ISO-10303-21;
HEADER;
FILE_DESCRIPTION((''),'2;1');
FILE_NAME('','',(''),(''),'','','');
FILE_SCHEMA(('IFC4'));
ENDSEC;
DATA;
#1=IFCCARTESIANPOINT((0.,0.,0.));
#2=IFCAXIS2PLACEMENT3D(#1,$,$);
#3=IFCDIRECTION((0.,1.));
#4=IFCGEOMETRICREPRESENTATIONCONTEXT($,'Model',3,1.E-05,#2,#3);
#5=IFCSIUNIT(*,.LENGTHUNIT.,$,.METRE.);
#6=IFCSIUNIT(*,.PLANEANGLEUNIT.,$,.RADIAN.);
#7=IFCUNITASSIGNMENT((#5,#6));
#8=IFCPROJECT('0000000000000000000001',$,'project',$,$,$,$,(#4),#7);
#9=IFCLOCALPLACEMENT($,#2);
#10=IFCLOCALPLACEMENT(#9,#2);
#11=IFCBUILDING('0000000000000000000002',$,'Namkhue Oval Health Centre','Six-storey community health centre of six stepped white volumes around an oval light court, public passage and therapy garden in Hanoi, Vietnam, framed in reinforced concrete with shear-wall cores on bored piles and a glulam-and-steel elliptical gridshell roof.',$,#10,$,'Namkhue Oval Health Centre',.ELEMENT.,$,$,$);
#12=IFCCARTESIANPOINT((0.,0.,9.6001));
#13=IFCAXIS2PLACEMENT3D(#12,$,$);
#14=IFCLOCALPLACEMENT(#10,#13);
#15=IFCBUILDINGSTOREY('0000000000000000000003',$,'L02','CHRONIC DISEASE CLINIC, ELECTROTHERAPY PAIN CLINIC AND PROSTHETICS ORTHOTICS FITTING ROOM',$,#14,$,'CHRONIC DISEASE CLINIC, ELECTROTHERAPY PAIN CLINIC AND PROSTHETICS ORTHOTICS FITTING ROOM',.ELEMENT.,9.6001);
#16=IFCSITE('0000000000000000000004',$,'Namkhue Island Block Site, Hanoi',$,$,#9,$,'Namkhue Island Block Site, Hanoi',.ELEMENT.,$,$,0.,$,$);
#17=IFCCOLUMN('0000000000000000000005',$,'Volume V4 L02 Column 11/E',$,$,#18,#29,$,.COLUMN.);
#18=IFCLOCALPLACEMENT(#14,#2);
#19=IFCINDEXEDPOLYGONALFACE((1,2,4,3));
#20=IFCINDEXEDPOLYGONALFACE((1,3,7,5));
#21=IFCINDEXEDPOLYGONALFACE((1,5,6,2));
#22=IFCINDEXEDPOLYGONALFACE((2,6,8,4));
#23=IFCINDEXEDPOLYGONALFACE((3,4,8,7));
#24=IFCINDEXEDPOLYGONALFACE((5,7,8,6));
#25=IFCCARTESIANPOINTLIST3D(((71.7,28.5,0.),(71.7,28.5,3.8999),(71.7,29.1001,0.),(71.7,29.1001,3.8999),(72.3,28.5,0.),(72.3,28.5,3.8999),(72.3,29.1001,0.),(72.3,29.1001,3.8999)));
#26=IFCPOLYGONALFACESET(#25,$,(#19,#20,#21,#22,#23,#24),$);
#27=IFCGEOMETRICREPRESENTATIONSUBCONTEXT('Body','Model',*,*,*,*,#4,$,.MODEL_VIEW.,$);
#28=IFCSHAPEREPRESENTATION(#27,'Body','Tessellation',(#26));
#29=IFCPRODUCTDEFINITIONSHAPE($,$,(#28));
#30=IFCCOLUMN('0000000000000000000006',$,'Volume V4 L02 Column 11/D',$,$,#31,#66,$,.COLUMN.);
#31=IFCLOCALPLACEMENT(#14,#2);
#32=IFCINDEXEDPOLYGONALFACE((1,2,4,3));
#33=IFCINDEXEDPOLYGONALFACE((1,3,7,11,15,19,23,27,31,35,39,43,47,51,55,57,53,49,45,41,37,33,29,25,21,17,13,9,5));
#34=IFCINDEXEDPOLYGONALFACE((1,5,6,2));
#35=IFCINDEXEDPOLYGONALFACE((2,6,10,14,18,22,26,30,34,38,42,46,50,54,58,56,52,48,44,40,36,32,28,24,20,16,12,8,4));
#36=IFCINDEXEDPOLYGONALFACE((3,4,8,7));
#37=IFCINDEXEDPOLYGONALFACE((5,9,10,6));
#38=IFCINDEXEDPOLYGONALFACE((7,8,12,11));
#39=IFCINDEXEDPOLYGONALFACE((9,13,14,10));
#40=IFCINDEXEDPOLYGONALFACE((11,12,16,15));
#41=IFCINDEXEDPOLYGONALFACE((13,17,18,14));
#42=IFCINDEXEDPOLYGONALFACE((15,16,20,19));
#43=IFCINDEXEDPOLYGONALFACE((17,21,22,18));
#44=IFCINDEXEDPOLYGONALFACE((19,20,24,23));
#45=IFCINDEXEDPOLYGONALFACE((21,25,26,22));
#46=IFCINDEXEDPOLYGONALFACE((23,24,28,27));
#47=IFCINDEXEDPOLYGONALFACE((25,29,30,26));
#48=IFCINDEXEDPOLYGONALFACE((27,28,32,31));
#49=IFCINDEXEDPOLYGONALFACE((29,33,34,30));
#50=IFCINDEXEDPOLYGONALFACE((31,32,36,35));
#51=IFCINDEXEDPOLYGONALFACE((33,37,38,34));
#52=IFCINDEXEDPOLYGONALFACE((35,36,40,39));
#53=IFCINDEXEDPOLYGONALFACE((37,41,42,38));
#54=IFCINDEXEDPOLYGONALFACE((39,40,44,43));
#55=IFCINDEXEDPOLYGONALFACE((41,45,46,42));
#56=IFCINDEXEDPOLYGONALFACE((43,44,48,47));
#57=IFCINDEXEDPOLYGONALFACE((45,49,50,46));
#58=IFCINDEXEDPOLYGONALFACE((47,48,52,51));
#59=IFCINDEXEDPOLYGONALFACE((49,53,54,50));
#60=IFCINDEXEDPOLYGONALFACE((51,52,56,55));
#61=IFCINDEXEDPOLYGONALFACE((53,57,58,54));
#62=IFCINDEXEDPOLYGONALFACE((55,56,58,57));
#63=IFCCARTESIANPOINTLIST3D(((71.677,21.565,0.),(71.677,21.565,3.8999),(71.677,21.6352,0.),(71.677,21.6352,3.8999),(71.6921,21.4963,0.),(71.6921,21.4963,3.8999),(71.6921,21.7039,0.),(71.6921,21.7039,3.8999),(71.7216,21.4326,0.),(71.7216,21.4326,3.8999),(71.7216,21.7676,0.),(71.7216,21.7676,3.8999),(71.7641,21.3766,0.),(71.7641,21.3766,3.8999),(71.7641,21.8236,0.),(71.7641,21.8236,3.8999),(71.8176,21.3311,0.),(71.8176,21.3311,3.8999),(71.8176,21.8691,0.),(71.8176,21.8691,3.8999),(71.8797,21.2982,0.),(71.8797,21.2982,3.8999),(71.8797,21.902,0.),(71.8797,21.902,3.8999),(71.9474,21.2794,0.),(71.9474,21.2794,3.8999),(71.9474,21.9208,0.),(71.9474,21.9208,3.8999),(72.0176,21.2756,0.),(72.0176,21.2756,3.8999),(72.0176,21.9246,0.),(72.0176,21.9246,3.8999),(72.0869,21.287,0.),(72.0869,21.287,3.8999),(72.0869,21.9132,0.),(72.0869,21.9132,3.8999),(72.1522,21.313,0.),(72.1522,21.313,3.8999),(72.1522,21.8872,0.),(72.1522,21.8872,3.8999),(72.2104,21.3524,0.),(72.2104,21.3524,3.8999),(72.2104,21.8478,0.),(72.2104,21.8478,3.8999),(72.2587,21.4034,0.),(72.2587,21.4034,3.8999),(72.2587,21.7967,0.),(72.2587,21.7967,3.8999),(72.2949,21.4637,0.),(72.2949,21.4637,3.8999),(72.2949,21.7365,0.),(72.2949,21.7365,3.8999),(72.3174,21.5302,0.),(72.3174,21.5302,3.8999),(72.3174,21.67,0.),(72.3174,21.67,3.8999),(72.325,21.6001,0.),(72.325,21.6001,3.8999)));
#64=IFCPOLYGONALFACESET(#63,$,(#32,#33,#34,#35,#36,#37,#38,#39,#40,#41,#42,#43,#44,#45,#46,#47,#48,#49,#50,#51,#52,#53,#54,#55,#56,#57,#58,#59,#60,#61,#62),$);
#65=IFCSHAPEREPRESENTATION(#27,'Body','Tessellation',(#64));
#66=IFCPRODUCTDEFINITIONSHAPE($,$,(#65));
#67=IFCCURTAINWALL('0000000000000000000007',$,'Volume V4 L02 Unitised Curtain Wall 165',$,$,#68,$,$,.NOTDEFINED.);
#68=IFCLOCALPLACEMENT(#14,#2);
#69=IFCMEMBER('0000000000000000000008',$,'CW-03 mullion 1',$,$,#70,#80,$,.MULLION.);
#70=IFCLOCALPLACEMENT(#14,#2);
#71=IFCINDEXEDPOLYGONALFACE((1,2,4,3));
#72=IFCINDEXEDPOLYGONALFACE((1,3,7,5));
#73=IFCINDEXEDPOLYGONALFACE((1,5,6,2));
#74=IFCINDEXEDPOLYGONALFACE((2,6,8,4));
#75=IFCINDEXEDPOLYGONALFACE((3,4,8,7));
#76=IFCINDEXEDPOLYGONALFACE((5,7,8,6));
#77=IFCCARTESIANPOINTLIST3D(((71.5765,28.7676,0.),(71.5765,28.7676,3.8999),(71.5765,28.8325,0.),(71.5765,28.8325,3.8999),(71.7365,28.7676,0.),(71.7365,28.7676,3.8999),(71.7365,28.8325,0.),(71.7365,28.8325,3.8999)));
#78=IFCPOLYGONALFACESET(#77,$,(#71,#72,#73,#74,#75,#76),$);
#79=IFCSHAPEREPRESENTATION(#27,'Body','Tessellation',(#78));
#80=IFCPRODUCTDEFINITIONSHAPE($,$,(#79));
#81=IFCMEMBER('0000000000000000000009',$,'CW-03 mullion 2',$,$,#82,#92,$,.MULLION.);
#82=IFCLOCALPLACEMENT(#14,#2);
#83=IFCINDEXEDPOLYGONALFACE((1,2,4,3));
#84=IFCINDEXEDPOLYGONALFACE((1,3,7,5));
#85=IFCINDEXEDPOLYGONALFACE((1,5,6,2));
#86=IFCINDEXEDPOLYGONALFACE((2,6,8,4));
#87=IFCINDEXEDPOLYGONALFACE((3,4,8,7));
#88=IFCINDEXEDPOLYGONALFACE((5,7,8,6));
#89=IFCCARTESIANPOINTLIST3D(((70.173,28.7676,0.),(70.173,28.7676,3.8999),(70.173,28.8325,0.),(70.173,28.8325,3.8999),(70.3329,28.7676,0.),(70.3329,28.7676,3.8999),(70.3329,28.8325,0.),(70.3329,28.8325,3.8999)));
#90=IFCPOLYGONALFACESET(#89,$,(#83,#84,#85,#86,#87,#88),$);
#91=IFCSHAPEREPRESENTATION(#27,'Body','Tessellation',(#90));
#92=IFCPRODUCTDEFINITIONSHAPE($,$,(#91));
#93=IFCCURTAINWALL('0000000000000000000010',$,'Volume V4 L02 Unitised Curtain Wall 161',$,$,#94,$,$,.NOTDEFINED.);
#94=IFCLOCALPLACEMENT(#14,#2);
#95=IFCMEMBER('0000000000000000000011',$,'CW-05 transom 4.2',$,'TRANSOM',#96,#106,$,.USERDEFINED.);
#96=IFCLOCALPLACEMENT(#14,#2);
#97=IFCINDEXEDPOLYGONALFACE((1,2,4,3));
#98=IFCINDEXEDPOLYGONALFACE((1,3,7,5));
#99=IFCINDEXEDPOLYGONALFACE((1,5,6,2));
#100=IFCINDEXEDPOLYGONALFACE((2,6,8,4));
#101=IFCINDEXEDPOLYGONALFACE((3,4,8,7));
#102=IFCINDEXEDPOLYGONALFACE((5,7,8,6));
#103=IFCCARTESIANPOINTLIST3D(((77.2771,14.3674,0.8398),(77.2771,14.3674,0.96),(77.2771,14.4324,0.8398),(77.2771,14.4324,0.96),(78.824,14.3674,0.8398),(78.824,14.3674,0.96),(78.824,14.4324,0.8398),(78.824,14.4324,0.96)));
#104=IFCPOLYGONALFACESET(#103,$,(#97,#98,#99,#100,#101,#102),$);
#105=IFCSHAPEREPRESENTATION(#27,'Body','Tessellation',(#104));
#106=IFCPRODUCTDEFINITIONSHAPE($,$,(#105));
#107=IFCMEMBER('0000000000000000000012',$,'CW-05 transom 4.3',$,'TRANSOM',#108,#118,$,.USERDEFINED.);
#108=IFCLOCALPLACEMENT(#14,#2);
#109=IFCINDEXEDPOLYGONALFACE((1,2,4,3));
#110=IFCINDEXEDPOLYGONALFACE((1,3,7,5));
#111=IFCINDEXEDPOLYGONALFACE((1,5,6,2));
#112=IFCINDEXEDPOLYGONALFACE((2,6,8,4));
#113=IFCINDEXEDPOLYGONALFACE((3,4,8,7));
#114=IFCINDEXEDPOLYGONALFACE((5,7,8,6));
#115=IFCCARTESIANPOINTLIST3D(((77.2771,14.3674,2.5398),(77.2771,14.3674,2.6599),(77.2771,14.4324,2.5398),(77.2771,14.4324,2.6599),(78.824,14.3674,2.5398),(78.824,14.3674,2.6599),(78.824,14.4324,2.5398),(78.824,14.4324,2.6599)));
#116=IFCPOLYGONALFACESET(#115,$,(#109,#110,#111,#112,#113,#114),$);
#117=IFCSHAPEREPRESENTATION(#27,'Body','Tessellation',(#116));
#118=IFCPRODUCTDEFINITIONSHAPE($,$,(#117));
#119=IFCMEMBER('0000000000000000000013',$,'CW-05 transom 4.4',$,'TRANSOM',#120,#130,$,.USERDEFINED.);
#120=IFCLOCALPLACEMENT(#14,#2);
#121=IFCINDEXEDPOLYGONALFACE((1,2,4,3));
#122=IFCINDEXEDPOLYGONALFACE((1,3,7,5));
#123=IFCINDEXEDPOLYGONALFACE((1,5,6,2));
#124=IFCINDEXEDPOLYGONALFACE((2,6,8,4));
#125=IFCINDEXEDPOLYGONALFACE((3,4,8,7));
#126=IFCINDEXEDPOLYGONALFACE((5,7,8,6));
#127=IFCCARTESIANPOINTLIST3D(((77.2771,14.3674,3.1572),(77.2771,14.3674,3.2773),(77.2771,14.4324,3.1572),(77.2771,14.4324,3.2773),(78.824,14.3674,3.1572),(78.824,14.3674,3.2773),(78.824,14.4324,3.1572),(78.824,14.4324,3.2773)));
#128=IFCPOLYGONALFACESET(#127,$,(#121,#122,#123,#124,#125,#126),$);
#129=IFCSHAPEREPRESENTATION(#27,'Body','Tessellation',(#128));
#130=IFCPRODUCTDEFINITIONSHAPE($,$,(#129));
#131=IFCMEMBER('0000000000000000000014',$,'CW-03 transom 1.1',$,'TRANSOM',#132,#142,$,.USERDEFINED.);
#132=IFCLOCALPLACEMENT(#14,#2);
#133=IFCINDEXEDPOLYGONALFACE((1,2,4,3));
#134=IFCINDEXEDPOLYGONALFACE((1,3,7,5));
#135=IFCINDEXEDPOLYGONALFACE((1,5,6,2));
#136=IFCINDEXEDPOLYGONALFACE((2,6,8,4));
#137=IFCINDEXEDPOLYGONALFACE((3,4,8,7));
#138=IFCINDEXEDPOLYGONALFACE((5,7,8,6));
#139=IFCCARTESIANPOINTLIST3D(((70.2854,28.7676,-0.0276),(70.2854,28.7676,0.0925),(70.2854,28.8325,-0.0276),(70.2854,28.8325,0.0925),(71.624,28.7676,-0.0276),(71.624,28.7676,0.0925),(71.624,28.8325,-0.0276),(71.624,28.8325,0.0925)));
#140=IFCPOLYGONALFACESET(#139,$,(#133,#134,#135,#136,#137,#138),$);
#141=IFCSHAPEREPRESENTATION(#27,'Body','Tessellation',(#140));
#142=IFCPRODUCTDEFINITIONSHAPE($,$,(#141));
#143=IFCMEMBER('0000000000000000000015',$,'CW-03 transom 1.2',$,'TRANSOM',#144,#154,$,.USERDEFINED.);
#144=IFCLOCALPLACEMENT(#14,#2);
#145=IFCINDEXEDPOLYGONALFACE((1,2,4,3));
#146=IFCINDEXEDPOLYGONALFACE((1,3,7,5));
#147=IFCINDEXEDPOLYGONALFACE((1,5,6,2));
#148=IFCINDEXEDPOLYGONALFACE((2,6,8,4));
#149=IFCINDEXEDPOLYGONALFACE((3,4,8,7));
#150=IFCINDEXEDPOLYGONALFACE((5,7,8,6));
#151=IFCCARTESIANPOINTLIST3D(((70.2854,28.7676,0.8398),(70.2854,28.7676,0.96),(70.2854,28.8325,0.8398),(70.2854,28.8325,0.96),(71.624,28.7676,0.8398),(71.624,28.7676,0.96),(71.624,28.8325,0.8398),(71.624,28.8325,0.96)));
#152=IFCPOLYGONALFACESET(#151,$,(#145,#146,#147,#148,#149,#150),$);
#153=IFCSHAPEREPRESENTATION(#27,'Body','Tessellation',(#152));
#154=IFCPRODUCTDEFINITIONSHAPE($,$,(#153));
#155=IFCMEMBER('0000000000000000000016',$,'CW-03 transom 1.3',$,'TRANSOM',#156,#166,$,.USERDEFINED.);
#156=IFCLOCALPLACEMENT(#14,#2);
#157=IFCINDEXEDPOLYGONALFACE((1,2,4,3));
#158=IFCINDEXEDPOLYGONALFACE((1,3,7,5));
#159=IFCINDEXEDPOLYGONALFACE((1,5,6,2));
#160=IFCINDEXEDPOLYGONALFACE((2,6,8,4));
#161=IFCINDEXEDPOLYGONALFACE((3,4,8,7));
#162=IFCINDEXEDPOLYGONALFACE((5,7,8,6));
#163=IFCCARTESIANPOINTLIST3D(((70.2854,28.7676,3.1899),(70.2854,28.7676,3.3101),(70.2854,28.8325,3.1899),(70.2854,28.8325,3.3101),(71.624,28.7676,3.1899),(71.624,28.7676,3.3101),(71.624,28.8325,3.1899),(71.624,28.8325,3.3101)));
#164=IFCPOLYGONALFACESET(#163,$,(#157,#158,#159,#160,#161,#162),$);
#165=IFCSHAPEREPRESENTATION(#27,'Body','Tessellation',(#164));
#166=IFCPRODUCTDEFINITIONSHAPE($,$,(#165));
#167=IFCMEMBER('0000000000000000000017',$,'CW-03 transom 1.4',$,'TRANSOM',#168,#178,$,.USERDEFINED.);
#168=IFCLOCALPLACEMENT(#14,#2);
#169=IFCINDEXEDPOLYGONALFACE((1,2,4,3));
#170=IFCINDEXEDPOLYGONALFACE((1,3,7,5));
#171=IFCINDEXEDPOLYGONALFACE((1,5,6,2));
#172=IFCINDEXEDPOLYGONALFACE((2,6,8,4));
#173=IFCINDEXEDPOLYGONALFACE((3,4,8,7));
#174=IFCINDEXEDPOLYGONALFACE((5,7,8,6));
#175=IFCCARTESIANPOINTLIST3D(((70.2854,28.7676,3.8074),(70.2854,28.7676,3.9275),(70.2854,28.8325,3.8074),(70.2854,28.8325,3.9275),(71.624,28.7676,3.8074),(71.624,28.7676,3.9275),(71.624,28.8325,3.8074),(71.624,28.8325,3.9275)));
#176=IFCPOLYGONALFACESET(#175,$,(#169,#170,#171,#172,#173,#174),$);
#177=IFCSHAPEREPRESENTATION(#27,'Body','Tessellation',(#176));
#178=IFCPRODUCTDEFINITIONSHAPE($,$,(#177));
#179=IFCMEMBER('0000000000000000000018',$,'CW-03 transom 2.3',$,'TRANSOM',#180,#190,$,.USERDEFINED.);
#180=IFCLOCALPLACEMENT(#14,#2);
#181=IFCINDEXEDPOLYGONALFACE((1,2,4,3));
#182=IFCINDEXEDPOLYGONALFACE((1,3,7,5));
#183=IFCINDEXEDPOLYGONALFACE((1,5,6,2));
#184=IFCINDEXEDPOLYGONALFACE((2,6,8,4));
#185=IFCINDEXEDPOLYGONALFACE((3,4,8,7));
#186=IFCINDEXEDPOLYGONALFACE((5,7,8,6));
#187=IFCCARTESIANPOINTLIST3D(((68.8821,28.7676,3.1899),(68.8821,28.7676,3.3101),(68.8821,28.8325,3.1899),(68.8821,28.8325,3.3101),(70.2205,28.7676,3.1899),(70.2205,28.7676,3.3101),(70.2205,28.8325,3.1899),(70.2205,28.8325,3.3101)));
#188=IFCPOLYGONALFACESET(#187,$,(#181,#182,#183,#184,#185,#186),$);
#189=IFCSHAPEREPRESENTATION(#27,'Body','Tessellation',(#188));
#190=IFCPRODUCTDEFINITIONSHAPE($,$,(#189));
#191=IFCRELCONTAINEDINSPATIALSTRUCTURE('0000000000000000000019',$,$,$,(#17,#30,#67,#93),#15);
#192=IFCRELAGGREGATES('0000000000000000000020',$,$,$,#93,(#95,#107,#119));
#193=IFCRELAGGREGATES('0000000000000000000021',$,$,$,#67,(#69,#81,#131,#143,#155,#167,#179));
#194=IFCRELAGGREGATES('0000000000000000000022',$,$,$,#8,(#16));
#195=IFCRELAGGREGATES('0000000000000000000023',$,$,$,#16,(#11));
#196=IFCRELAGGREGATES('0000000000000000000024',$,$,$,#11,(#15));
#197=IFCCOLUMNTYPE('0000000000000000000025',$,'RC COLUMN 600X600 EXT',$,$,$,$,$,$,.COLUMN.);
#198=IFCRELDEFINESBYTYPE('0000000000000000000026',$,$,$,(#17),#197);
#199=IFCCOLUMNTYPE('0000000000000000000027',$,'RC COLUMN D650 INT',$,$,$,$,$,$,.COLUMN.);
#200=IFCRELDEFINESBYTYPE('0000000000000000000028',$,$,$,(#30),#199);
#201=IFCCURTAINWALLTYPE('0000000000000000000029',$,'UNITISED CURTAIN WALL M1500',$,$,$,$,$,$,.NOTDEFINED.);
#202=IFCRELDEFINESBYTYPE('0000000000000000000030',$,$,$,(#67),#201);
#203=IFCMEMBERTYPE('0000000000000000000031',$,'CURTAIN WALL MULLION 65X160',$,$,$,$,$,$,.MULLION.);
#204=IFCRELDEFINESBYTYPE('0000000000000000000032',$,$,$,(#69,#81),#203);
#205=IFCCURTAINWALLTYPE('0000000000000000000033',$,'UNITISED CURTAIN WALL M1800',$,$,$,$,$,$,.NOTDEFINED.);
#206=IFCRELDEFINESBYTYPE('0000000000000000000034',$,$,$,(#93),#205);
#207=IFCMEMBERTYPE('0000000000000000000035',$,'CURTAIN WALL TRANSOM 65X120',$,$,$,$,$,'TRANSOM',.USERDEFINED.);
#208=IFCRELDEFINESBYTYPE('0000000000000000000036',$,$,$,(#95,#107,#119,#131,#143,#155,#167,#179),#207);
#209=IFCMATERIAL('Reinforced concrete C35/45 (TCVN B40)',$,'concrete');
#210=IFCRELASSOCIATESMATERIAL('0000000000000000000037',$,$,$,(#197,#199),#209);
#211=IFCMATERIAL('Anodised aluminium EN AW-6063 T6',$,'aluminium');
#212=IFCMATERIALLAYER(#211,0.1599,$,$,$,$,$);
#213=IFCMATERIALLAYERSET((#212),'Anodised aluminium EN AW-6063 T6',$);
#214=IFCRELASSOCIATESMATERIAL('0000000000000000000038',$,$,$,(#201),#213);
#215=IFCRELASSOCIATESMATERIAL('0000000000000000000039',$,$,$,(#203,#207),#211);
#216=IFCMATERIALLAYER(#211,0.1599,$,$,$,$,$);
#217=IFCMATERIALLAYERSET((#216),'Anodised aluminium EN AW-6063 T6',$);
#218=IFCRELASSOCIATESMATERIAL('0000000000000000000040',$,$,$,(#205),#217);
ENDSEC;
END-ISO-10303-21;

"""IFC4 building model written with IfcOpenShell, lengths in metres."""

from ifc_helpers import new_model, si_unit, direction, frame, origin, origin_2d, place, context, subcontext, project, spatial, rectangle, circle, extrude, material, layer, layer_set, material_profile, profile_set, type_object, element, aggregate, save


model = new_model("IFC4")

# Units and contexts
model_context = context("Model", 3, precision=1e-05, world=origin(), true_north=direction((0.0, 1.0)))
body_context = subcontext(model_context, "Body", "Model", "MODEL_VIEW")
ifc_project = project(units=[si_unit("LENGTHUNIT", "METRE"), si_unit("PLANEANGLEUNIT", "RADIAN")], contexts=[model_context])

# Site, building, storey
site_placement = place(None, origin())
site = spatial("IfcSite", under=ifc_project, at=site_placement, Name="Namkhue Island Block Site, Hanoi", LongName="Namkhue Island Block Site, Hanoi", CompositionType="ELEMENT", RefElevation=0.0)
building_placement = place(site_placement, origin())
building = spatial("IfcBuilding", under=site, at=building_placement, Name="Namkhue Oval Health Centre", Description="Six-storey community health centre of six stepped white volumes around an oval light court, public passage and therapy garden in Hanoi, Vietnam, framed in reinforced concrete with shear-wall cores on bored piles and a glulam-and-steel elliptical gridshell roof.", LongName="Namkhue Oval Health Centre", CompositionType="ELEMENT")
storey_placement = place(building_placement, frame((0.0, 0.0, 9.6001)))
storey = spatial("IfcBuildingStorey", under=building, at=storey_placement, Name="L02", Description="CHRONIC DISEASE CLINIC, ELECTROTHERAPY PAIN CLINIC AND PROSTHETICS ORTHOTICS FITTING ROOM", LongName="CHRONIC DISEASE CLINIC, ELECTROTHERAPY PAIN CLINIC AND PROSTHETICS ORTHOTICS FITTING ROOM", CompositionType="ELEMENT", Elevation=9.6001)

# Columns
ifc_material_1 = material(Name="Reinforced concrete C35/45 (TCVN B40)", Category="concrete")
ifc_material_profile_1 = material_profile(ifc_material_1, rectangle(XDim=0.6001, YDim=0.6001, at=origin_2d()), Name="RC 600x600")
ifc_profile_set_1 = profile_set([ifc_material_profile_1], Name="Reinforced concrete C35/45 (TCVN B40)")
column_type_1 = type_object("IfcColumnType", Name="RC COLUMN 600X600 EXT", PredefinedType="COLUMN", material=ifc_profile_set_1)
column_1_placement = place(storey_placement, frame((72.0, 28.8, 0.0), z_axis=(0.0, 0.0, 1.0), x_axis=(1.0, 0.0, 0.0)))
element("IfcColumn", 1, at=column_1_placement, inside=storey, type_object=column_type_1, Name="Volume V4 L02 Column 11/E", PredefinedType="COLUMN", context=body_context, shape_type="SweptSolid", body=[
    extrude(rectangle(XDim=0.6001, YDim=0.6001, at=origin_2d()), origin(), (0.0, 0.0, 1.0), 3.8999),
])
ifc_material_profile_2 = material_profile(ifc_material_1, circle(Radius=0.325, at=origin_2d()), Name="RC D650")
ifc_profile_set_2 = profile_set([ifc_material_profile_2], Name="Reinforced concrete C35/45 (TCVN B40)")
column_type_2 = type_object("IfcColumnType", Name="RC COLUMN D650 INT", PredefinedType="COLUMN", material=ifc_profile_set_2)
column_2_placement = place(storey_placement, frame((72.0, 21.6001, 0.0), z_axis=(0.0, 0.0, 1.0), x_axis=(1.0, 0.0, 0.0)))
element("IfcColumn", 2, at=column_2_placement, inside=storey, type_object=column_type_2, Name="Volume V4 L02 Column 11/D", PredefinedType="COLUMN", context=body_context, shape_type="SweptSolid", body=[
    extrude(circle(Radius=0.325, at=origin_2d()), origin(), (0.0, 0.0, 1.0), 3.8999),
])

# Curtain walls, members
ifc_material_2 = material(Name="Anodised aluminium EN AW-6063 T6", Category="aluminium")
ifc_layer_1 = layer(ifc_material_2, 0.1599)
ifc_layer_set_1 = layer_set([ifc_layer_1], Name="Anodised aluminium EN AW-6063 T6")
curtain_wall_type_1 = type_object("IfcCurtainWallType", Name="UNITISED CURTAIN WALL M1500", PredefinedType="NOTDEFINED", material=ifc_layer_set_1)
curtain_wall_1_placement = place(storey_placement, origin())
curtain_wall_1 = element("IfcCurtainWall", 3, at=curtain_wall_1_placement, inside=storey, type_object=curtain_wall_type_1, Name="Volume V4 L02 Unitised Curtain Wall 165", PredefinedType="NOTDEFINED")
ifc_material_profile_3 = material_profile(ifc_material_2, rectangle(XDim=0.0649, YDim=0.1599, at=origin_2d()), Name="ALU 65x160")
ifc_profile_set_3 = profile_set([ifc_material_profile_3], Name="Anodised aluminium EN AW-6063 T6")
member_type_1 = type_object("IfcMemberType", Name="CURTAIN WALL MULLION 65X160", PredefinedType="MULLION", material=ifc_profile_set_3)
member_1_placement = place(storey_placement, frame((71.6565, 28.8, 0.0), z_axis=(0.0, 0.0, 1.0), x_axis=(0.0, -1.0, 0.0)))
member_1 = element("IfcMember", 4, at=member_1_placement, type_object=member_type_1, Name="CW-03 mullion 1", PredefinedType="MULLION", context=body_context, shape_type="SweptSolid", body=[
    extrude(rectangle(XDim=0.0649, YDim=0.1599, at=origin_2d()), origin(), (0.0, 0.0, 1.0), 3.8999),
])
member_2_placement = place(storey_placement, frame((70.2529, 28.8, 0.0), z_axis=(0.0, 0.0, 1.0), x_axis=(0.0, -1.0, 0.0)))
member_2 = element("IfcMember", 5, at=member_2_placement, type_object=member_type_1, Name="CW-03 mullion 2", PredefinedType="MULLION", context=body_context, shape_type="SweptSolid", body=[
    extrude(rectangle(XDim=0.0649, YDim=0.1599, at=origin_2d()), origin(), (0.0, 0.0, 1.0), 3.8999),
])
ifc_layer_2 = layer(ifc_material_2, 0.1599)
ifc_layer_set_2 = layer_set([ifc_layer_2], Name="Anodised aluminium EN AW-6063 T6")
curtain_wall_type_2 = type_object("IfcCurtainWallType", Name="UNITISED CURTAIN WALL M1800", PredefinedType="NOTDEFINED", material=ifc_layer_set_2)
curtain_wall_2_placement = place(storey_placement, origin())
curtain_wall_2 = element("IfcCurtainWall", 6, at=curtain_wall_2_placement, inside=storey, type_object=curtain_wall_type_2, Name="Volume V4 L02 Unitised Curtain Wall 161", PredefinedType="NOTDEFINED")
ifc_material_profile_4 = material_profile(ifc_material_2, rectangle(XDim=0.0649, YDim=0.1201, at=origin_2d()), Name="ALU 65x120")
ifc_profile_set_4 = profile_set([ifc_material_profile_4], Name="Anodised aluminium EN AW-6063 T6")
member_type_2 = type_object("IfcMemberType", Name="CURTAIN WALL TRANSOM 65X120", ElementType="TRANSOM", PredefinedType="USERDEFINED", material=ifc_profile_set_4)
member_3_placement = place(storey_placement, frame((77.2771, 14.3999, 0.8999), z_axis=(1.0, 0.0, 0.0), x_axis=(0.0, 1.0, 0.0)))
member_3 = element("IfcMember", 7, at=member_3_placement, type_object=member_type_2, Name="CW-05 transom 4.2", ObjectType="TRANSOM", PredefinedType="USERDEFINED", context=body_context, shape_type="SweptSolid", body=[
    extrude(rectangle(XDim=0.0649, YDim=0.1201, at=origin_2d()), origin(), (0.0, 0.0, 1.0), 1.5469),
])
member_4_placement = place(storey_placement, frame((77.2771, 14.3999, 2.5999), z_axis=(1.0, 0.0, 0.0), x_axis=(0.0, 1.0, 0.0)))
member_4 = element("IfcMember", 8, at=member_4_placement, type_object=member_type_2, Name="CW-05 transom 4.3", ObjectType="TRANSOM", PredefinedType="USERDEFINED", context=body_context, shape_type="SweptSolid", body=[
    extrude(rectangle(XDim=0.0649, YDim=0.1201, at=origin_2d()), origin(), (0.0, 0.0, 1.0), 1.5469),
])
member_5_placement = place(storey_placement, frame((77.2771, 14.3999, 3.2173), z_axis=(1.0, 0.0, 0.0), x_axis=(0.0, 1.0, 0.0)))
member_5 = element("IfcMember", 9, at=member_5_placement, type_object=member_type_2, Name="CW-05 transom 4.4", ObjectType="TRANSOM", PredefinedType="USERDEFINED", context=body_context, shape_type="SweptSolid", body=[
    extrude(rectangle(XDim=0.0649, YDim=0.1201, at=origin_2d()), origin(), (0.0, 0.0, 1.0), 1.5469),
])
aggregate(curtain_wall_2, [member_3, member_4, member_5])

# Members
member_6_placement = place(storey_placement, frame((71.624, 28.8, 0.0325), z_axis=(-1.0, 0.0, 0.0), x_axis=(0.0, -1.0, 0.0)))
member_6 = element("IfcMember", 10, at=member_6_placement, type_object=member_type_2, Name="CW-03 transom 1.1", ObjectType="TRANSOM", PredefinedType="USERDEFINED", context=body_context, shape_type="SweptSolid", body=[
    extrude(rectangle(XDim=0.0649, YDim=0.1201, at=origin_2d()), origin(), (0.0, 0.0, 1.0), 1.3386),
])
member_7_placement = place(storey_placement, frame((71.624, 28.8, 0.8999), z_axis=(-1.0, 0.0, 0.0), x_axis=(0.0, -1.0, 0.0)))
member_7 = element("IfcMember", 11, at=member_7_placement, type_object=member_type_2, Name="CW-03 transom 1.2", ObjectType="TRANSOM", PredefinedType="USERDEFINED", context=body_context, shape_type="SweptSolid", body=[
    extrude(rectangle(XDim=0.0649, YDim=0.1201, at=origin_2d()), origin(), (0.0, 0.0, 1.0), 1.3386),
])
member_8_placement = place(storey_placement, frame((71.624, 28.8, 3.25), z_axis=(-1.0, 0.0, 0.0), x_axis=(0.0, -1.0, 0.0)))
member_8 = element("IfcMember", 12, at=member_8_placement, type_object=member_type_2, Name="CW-03 transom 1.3", ObjectType="TRANSOM", PredefinedType="USERDEFINED", context=body_context, shape_type="SweptSolid", body=[
    extrude(rectangle(XDim=0.0649, YDim=0.1201, at=origin_2d()), origin(), (0.0, 0.0, 1.0), 1.3386),
])
member_9_placement = place(storey_placement, frame((71.624, 28.8, 3.8674), z_axis=(-1.0, 0.0, 0.0), x_axis=(0.0, -1.0, 0.0)))
member_9 = element("IfcMember", 13, at=member_9_placement, type_object=member_type_2, Name="CW-03 transom 1.4", ObjectType="TRANSOM", PredefinedType="USERDEFINED", context=body_context, shape_type="SweptSolid", body=[
    extrude(rectangle(XDim=0.0649, YDim=0.1201, at=origin_2d()), origin(), (0.0, 0.0, 1.0), 1.3386),
])
member_10_placement = place(storey_placement, frame((70.2205, 28.8, 3.25), z_axis=(-1.0, 0.0, 0.0), x_axis=(0.0, -1.0, 0.0)))
member_10 = element("IfcMember", 14, at=member_10_placement, type_object=member_type_2, Name="CW-03 transom 2.3", ObjectType="TRANSOM", PredefinedType="USERDEFINED", context=body_context, shape_type="SweptSolid", body=[
    extrude(rectangle(XDim=0.0649, YDim=0.1201, at=origin_2d()), origin(), (0.0, 0.0, 1.0), 1.3384),
])

aggregate(curtain_wall_1, [member_1, member_2, member_6, member_7, member_8, member_9, member_10])

save(model, "model.ifc")
